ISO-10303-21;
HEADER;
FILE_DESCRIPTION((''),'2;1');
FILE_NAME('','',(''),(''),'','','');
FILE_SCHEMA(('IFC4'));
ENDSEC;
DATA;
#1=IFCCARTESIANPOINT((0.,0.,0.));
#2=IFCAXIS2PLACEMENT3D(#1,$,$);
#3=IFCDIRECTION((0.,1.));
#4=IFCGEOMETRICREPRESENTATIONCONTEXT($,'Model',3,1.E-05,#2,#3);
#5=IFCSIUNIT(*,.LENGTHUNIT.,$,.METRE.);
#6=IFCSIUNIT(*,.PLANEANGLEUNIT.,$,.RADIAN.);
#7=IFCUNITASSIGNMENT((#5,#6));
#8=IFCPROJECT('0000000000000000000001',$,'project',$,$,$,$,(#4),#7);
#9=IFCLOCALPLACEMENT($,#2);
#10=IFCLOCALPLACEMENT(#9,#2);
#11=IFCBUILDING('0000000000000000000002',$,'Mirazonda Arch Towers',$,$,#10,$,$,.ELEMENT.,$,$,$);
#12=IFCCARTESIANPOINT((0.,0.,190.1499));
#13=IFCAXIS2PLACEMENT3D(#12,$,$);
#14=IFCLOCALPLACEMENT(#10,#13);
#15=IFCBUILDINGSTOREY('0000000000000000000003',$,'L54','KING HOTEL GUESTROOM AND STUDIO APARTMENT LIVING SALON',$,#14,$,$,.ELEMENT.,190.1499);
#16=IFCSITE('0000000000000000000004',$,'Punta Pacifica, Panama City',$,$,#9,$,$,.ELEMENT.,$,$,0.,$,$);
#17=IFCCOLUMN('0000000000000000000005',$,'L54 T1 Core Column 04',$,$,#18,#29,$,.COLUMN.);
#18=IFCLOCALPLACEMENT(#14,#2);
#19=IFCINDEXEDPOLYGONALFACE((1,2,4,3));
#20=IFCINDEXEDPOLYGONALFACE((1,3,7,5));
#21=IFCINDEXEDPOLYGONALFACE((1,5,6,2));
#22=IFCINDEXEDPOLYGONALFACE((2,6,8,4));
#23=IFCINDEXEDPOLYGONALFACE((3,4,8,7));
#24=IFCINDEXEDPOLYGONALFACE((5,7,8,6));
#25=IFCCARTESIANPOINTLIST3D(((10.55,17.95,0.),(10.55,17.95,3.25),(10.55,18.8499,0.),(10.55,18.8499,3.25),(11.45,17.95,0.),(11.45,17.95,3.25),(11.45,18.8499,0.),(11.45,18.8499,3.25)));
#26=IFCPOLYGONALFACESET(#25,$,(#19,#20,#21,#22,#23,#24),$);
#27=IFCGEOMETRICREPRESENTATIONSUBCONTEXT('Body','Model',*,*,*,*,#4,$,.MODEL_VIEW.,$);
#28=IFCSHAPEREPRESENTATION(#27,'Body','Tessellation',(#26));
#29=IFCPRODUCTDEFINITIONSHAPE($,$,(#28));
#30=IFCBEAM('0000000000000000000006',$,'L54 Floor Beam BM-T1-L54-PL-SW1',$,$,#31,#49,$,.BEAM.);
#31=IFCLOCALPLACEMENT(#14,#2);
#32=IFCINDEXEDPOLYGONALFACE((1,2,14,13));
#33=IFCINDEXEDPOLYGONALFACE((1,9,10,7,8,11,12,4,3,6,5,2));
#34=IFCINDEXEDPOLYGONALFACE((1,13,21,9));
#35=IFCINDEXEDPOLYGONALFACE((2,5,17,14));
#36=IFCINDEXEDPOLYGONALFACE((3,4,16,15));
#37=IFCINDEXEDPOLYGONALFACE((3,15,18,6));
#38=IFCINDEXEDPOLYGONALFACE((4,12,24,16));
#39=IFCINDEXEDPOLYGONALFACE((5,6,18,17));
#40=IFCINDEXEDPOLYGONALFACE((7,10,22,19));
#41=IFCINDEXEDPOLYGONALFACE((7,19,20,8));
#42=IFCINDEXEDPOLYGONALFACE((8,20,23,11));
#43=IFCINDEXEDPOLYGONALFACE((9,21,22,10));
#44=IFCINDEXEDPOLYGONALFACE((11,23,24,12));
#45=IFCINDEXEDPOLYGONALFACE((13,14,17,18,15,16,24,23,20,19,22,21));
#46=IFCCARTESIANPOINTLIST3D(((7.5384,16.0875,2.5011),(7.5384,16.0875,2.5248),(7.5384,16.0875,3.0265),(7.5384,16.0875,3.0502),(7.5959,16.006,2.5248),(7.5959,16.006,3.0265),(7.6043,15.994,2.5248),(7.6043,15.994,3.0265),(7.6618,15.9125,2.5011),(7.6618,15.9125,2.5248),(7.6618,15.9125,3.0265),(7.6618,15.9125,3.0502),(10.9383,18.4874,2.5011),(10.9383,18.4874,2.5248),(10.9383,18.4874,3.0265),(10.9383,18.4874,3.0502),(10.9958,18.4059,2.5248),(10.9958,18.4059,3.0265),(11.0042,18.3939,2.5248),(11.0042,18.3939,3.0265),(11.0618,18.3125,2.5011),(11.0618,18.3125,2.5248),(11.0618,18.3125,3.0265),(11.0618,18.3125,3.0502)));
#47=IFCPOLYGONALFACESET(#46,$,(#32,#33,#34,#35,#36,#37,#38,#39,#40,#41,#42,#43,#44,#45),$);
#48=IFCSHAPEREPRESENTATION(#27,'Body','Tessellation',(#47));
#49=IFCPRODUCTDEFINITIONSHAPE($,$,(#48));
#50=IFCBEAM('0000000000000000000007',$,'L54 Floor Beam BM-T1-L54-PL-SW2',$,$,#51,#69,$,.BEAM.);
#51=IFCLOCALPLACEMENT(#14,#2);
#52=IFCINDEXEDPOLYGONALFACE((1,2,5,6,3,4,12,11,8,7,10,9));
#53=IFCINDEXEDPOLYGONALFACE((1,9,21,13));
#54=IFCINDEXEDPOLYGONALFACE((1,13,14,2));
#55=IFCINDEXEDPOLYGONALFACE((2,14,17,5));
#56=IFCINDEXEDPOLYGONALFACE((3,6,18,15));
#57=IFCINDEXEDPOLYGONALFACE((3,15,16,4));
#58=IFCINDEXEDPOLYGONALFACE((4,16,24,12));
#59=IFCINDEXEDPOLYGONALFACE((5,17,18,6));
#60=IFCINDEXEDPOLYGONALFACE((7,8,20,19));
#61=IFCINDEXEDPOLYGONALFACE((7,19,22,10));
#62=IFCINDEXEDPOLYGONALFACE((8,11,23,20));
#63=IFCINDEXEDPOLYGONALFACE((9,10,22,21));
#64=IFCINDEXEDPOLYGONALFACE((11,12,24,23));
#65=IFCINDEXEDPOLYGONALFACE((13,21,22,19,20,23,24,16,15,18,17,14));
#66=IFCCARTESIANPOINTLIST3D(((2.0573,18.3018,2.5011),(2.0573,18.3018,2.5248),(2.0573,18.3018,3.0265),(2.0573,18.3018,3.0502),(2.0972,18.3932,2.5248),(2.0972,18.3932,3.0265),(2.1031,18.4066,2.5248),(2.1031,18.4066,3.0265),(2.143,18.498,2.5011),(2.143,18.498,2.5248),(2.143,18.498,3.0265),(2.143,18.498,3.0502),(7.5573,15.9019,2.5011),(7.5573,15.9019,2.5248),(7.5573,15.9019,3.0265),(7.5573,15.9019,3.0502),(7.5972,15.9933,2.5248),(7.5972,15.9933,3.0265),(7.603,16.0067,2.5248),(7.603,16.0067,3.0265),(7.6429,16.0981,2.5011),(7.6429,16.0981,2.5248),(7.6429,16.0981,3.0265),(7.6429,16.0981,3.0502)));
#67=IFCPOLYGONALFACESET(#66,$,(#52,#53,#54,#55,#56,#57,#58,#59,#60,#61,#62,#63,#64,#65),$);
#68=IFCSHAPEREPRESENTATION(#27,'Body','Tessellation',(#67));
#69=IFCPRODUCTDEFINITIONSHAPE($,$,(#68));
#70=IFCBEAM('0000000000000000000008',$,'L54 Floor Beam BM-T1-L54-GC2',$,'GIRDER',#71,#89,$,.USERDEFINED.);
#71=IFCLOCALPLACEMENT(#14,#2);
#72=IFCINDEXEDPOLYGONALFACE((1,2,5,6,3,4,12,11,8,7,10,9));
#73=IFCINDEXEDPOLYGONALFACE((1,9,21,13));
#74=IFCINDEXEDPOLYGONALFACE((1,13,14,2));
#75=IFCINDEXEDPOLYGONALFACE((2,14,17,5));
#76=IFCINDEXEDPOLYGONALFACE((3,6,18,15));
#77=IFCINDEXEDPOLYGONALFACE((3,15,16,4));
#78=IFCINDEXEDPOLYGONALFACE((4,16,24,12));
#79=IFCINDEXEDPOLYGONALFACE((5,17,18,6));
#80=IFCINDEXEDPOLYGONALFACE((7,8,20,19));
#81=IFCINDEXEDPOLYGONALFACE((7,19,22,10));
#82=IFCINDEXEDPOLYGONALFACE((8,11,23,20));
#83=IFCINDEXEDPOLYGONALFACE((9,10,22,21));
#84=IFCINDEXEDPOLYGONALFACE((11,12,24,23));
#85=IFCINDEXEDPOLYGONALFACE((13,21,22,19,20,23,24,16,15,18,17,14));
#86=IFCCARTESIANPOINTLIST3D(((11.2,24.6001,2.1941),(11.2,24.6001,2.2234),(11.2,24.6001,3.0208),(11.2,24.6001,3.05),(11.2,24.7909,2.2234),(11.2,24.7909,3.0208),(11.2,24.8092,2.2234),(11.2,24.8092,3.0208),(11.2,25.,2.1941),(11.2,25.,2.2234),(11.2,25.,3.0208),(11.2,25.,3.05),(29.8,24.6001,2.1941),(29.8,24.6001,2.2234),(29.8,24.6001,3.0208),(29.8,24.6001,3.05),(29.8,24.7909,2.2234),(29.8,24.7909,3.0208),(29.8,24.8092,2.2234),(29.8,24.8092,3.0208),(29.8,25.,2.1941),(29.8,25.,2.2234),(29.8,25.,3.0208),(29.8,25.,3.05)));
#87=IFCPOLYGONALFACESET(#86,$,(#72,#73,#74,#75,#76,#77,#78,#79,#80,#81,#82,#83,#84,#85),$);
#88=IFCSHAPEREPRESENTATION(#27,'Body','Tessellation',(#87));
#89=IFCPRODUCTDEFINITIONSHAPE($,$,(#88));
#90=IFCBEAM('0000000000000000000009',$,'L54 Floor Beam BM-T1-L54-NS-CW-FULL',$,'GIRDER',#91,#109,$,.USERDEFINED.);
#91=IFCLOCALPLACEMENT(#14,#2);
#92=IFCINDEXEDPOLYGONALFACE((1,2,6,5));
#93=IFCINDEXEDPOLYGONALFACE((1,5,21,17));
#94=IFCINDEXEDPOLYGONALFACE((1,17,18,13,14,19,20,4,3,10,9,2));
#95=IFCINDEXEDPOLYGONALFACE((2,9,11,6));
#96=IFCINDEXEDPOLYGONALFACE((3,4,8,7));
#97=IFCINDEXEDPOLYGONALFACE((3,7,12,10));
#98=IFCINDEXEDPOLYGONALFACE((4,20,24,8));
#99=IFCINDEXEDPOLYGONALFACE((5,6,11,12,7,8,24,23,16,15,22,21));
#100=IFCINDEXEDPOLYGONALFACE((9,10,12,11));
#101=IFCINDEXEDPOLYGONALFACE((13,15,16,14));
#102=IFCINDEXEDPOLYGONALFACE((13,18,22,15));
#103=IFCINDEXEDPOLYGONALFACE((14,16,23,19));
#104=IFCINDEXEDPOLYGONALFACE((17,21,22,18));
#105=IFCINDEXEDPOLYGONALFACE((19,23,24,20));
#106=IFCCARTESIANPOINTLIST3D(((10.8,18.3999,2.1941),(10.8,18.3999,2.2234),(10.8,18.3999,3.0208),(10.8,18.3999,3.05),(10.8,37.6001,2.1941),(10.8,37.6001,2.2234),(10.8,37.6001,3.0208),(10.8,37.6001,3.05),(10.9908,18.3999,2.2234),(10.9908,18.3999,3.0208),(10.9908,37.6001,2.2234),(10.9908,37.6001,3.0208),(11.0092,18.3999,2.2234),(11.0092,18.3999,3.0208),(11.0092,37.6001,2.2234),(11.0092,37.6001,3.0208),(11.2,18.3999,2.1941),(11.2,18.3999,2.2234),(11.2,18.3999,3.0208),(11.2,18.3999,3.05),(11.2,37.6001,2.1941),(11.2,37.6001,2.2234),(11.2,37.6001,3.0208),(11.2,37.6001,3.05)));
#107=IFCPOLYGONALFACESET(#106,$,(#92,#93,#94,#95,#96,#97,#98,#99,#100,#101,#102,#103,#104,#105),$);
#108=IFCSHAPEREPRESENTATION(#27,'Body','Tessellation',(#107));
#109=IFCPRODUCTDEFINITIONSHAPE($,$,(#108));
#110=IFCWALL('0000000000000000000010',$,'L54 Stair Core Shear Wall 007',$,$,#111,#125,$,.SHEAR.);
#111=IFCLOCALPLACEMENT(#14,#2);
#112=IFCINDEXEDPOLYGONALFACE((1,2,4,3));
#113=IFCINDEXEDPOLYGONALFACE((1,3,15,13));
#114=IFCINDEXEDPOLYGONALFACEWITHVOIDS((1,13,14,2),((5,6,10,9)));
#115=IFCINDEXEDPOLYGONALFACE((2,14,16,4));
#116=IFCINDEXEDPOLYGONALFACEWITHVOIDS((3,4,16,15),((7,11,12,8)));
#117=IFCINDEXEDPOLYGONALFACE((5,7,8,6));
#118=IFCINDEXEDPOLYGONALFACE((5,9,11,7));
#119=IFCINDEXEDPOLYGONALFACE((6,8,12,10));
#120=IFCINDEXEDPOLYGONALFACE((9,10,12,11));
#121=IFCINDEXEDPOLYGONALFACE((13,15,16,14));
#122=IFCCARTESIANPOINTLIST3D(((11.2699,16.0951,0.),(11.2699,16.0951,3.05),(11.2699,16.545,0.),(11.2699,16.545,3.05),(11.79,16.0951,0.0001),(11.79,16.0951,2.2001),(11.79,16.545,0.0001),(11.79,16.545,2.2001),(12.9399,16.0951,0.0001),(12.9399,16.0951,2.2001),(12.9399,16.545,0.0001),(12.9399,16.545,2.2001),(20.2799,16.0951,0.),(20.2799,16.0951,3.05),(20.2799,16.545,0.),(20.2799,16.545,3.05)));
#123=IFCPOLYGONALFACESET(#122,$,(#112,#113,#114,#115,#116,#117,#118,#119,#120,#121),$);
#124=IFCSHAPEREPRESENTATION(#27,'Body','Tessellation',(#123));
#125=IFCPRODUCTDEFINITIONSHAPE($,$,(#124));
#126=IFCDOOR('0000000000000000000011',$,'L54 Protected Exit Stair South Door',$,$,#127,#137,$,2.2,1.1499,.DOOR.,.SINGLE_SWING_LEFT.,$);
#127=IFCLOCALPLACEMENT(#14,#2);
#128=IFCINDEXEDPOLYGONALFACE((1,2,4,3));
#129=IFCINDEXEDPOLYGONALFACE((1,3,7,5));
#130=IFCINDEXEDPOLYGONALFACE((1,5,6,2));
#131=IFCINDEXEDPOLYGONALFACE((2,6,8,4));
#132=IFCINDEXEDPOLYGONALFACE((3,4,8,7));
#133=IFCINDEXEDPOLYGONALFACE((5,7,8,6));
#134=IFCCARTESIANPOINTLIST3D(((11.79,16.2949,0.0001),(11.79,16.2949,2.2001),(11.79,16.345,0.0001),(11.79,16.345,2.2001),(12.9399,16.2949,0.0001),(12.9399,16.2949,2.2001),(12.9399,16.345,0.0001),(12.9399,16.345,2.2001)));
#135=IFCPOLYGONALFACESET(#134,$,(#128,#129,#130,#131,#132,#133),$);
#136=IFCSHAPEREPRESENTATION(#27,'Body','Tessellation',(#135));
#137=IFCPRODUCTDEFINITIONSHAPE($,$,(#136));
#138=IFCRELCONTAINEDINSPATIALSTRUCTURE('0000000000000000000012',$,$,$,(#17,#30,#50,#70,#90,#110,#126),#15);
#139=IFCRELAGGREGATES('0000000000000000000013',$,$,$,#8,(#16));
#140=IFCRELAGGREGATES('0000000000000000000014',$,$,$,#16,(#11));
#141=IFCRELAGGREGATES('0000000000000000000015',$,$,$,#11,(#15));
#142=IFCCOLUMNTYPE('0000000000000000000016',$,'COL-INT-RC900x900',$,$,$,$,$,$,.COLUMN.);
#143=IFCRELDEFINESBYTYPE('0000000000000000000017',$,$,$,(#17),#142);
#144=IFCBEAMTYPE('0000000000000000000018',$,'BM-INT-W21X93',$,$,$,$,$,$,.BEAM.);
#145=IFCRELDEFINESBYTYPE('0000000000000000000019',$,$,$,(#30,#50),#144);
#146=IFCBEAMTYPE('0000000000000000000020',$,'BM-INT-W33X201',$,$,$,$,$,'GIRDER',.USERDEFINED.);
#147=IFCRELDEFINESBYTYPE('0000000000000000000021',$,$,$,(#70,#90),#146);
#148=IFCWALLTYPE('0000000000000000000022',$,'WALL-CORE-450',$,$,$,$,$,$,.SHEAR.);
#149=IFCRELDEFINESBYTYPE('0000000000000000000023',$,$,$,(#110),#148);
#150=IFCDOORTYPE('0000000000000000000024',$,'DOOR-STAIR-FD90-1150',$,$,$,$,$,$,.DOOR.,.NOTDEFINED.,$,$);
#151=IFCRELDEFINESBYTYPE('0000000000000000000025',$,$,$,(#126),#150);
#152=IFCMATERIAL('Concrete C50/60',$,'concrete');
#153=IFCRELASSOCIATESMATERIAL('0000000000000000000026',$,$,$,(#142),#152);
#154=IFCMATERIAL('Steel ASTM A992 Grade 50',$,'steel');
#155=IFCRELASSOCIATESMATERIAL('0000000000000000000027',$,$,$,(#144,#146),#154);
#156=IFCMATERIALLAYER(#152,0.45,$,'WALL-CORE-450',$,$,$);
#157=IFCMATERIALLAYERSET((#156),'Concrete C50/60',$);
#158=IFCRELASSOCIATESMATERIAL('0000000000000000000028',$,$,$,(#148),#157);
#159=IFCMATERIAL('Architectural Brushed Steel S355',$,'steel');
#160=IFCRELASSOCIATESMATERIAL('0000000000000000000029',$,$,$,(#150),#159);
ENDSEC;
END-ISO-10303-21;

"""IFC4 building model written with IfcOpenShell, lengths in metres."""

from ifc_helpers import new_model, si_unit, direction, frame, frame_2d, origin, origin_2d, place, context, subcontext, project, spatial, rectangle, i_section, extrude, material, layer, layer_set, material_profile, profile_set, type_object, element, fill, save


model = new_model("IFC4")

# Units and contexts
model_context = context("Model", 3, precision=1e-05, world=origin(), true_north=direction((0.0, 1.0)))
body_context = subcontext(model_context, "Body", "Model", "MODEL_VIEW")
ifc_project = project(units=[si_unit("LENGTHUNIT", "METRE"), si_unit("PLANEANGLEUNIT", "RADIAN")], contexts=[model_context])

# Site, building, storey
site_placement = place(None, origin())
site = spatial("IfcSite", under=ifc_project, at=site_placement, Name="Punta Pacifica, Panama City", CompositionType="ELEMENT", RefElevation=0.0)
building_placement = place(site_placement, origin())
building = spatial("IfcBuilding", under=site, at=building_placement, Name="Mirazonda Arch Towers", CompositionType="ELEMENT")
storey_placement = place(building_placement, frame((0.0, 0.0, 190.1499)))
storey = spatial("IfcBuildingStorey", under=building, at=storey_placement, Name="L54", Description="KING HOTEL GUESTROOM AND STUDIO APARTMENT LIVING SALON", CompositionType="ELEMENT", Elevation=190.1499)

# Column
ifc_material_1 = material(Name="Concrete C50/60", Category="concrete")
ifc_material_profile_1 = material_profile(ifc_material_1, rectangle(XDim=0.8999, YDim=0.8999, at=origin_2d()), Name="RC900x900")
ifc_profile_set_1 = profile_set([ifc_material_profile_1], Name="Concrete C50/60")
column_type = type_object("IfcColumnType", Name="COL-INT-RC900x900", PredefinedType="COLUMN", material=ifc_profile_set_1)
column_placement = place(storey_placement, frame((11.0, 18.3999, 0.0), z_axis=(0.0, 0.0, 1.0), x_axis=(1.0, 0.0, 0.0)))
element("IfcColumn", 1, at=column_placement, inside=storey, type_object=column_type, Name="L54 T1 Core Column 04", PredefinedType="COLUMN", context=body_context, shape_type="SweptSolid", body=[
    extrude(rectangle(XDim=0.8999, YDim=0.8999, at=origin_2d()), origin(), (0.0, 0.0, 1.0), 3.25),
])

# Beams
ifc_material_2 = material(Name="Steel ASTM A992 Grade 50", Category="steel")
ifc_material_profile_2 = material_profile(ifc_material_2, i_section(OverallWidth=0.2141, OverallDepth=0.5491, WebThickness=0.0146, FlangeThickness=0.0237, at=origin_2d()), Name="W21X93")
ifc_profile_set_2 = profile_set([ifc_material_profile_2], Name="Steel ASTM A992 Grade 50")
beam_type_1 = type_object("IfcBeamType", Name="BM-INT-W21X93", PredefinedType="BEAM", material=ifc_profile_set_2)
beam_1_placement = place(storey_placement, frame((7.6001, 16.0, 2.7756), z_axis=(0.816971, 0.576679, 0.0), x_axis=(-0.576679, 0.816971, 0.0)))
element("IfcBeam", 2, at=beam_1_placement, inside=storey, type_object=beam_type_1, Name="L54 Floor Beam BM-T1-L54-PL-SW1", PredefinedType="BEAM", context=body_context, shape_type="SweptSolid", body=[
    extrude(i_section(OverallWidth=0.2141, OverallDepth=0.5491, WebThickness=0.0146, FlangeThickness=0.0237, at=origin_2d()), origin(), (0.0, 0.0, 1.0), 4.1616),
])
beam_2_placement = place(storey_placement, frame((7.6001, 16.0, 2.7756), z_axis=(-0.916545, 0.399931, 0.0), x_axis=(-0.399931, -0.916545, 0.0)))
element("IfcBeam", 3, at=beam_2_placement, inside=storey, type_object=beam_type_1, Name="L54 Floor Beam BM-T1-L54-PL-SW2", PredefinedType="BEAM", context=body_context, shape_type="SweptSolid", body=[
    extrude(i_section(OverallWidth=0.2141, OverallDepth=0.5491, WebThickness=0.0146, FlangeThickness=0.0237, at=origin_2d()), origin(), (0.0, 0.0, 1.0), 6.0007),
])
ifc_material_profile_3 = material_profile(ifc_material_2, i_section(OverallWidth=0.3999, OverallDepth=0.856, WebThickness=0.0183, FlangeThickness=0.0293, at=origin_2d()), Name="W33X201")
ifc_profile_set_3 = profile_set([ifc_material_profile_3], Name="Steel ASTM A992 Grade 50")
beam_type_2 = type_object("IfcBeamType", Name="BM-INT-W33X201", ElementType="GIRDER", PredefinedType="USERDEFINED", material=ifc_profile_set_3)
beam_3_placement = place(storey_placement, frame((11.2, 24.8, 2.6221), z_axis=(1.0, 0.0, 0.0), x_axis=(0.0, 1.0, 0.0)))
element("IfcBeam", 4, at=beam_3_placement, inside=storey, type_object=beam_type_2, Name="L54 Floor Beam BM-T1-L54-GC2", ObjectType="GIRDER", PredefinedType="USERDEFINED", context=body_context, shape_type="SweptSolid", body=[
    extrude(i_section(OverallWidth=0.3999, OverallDepth=0.856, WebThickness=0.0183, FlangeThickness=0.0293, at=origin_2d()), origin(), (0.0, 0.0, 1.0), 18.6001),
])
beam_4_placement = place(storey_placement, frame((11.0, 18.3999, 2.6221), z_axis=(0.0, 1.0, 0.0), x_axis=(-1.0, 0.0, 0.0)))
element("IfcBeam", 5, at=beam_4_placement, inside=storey, type_object=beam_type_2, Name="L54 Floor Beam BM-T1-L54-NS-CW-FULL", ObjectType="GIRDER", PredefinedType="USERDEFINED", context=body_context, shape_type="SweptSolid", body=[
    extrude(i_section(OverallWidth=0.3999, OverallDepth=0.856, WebThickness=0.0183, FlangeThickness=0.0293, at=origin_2d()), origin(), (0.0, 0.0, 1.0), 19.2002),
])

# Wall, opening, door
ifc_layer_1 = layer(ifc_material_1, 0.45, Name="WALL-CORE-450")
ifc_layer_set_1 = layer_set([ifc_layer_1], Name="Concrete C50/60")
wall_type_1 = type_object("IfcWallType", Name="WALL-CORE-450", PredefinedType="SHEAR", material=ifc_layer_set_1)
wall_1_placement = place(storey_placement, frame((11.27, 16.3201, 0.0), z_axis=(0.0, 0.0, 1.0), x_axis=(1.0, 0.0, 0.0)))
wall_1 = element("IfcWall", 6, at=wall_1_placement, inside=storey, type_object=wall_type_1, Name="L54 Stair Core Shear Wall 007", PredefinedType="SHEAR", context=body_context, shape_type="SweptSolid", body=[
    extrude(rectangle(XDim=9.01, YDim=0.45, at=frame_2d((4.5049, 0.0))), origin(), (0.0, 0.0, 1.0), 3.05),
])
opening_1_placement = place(wall_1_placement, frame((0.52, 0.0, 0.0)))
opening_1 = element("IfcOpeningElement", 7, at=opening_1_placement, cuts=wall_1, PredefinedType="OPENING", context=body_context, shape_type="SweptSolid", body=[
    extrude(rectangle(XDim=1.1499, YDim=2.2, at=frame_2d((0.575, 1.1001))), frame((0.0, 0.2349, 0.0), z_axis=(0.0, -1.0, 0.0), x_axis=(1.0, 0.0, 0.0)), (0.0, 0.0, 1.0), 0.47),
])
ifc_material_3 = material(Name="Architectural Brushed Steel S355", Category="steel")
door_type_1 = type_object("IfcDoorType", Name="DOOR-STAIR-FD90-1150", OperationType="NOTDEFINED", PredefinedType="DOOR", material=ifc_material_3)
door_1_placement = place(opening_1_placement, origin())
door_1 = element("IfcDoor", 8, at=door_1_placement, inside=storey, type_object=door_type_1, Name="L54 Protected Exit Stair South Door", OperationType="SINGLE_SWING_LEFT", OverallHeight=2.2, OverallWidth=1.1499, PredefinedType="DOOR", context=body_context, shape_type="SweptSolid", body=[
    extrude(rectangle(XDim=1.1499, YDim=2.2, at=frame_2d((0.575, 1.1001))), frame((0.0, 0.0249, 0.0), z_axis=(0.0, -1.0, 0.0), x_axis=(1.0, 0.0, 0.0)), (0.0, 0.0, 1.0), 0.05),
])
fill(opening_1, door_1)

save(model, "model.ifc")
